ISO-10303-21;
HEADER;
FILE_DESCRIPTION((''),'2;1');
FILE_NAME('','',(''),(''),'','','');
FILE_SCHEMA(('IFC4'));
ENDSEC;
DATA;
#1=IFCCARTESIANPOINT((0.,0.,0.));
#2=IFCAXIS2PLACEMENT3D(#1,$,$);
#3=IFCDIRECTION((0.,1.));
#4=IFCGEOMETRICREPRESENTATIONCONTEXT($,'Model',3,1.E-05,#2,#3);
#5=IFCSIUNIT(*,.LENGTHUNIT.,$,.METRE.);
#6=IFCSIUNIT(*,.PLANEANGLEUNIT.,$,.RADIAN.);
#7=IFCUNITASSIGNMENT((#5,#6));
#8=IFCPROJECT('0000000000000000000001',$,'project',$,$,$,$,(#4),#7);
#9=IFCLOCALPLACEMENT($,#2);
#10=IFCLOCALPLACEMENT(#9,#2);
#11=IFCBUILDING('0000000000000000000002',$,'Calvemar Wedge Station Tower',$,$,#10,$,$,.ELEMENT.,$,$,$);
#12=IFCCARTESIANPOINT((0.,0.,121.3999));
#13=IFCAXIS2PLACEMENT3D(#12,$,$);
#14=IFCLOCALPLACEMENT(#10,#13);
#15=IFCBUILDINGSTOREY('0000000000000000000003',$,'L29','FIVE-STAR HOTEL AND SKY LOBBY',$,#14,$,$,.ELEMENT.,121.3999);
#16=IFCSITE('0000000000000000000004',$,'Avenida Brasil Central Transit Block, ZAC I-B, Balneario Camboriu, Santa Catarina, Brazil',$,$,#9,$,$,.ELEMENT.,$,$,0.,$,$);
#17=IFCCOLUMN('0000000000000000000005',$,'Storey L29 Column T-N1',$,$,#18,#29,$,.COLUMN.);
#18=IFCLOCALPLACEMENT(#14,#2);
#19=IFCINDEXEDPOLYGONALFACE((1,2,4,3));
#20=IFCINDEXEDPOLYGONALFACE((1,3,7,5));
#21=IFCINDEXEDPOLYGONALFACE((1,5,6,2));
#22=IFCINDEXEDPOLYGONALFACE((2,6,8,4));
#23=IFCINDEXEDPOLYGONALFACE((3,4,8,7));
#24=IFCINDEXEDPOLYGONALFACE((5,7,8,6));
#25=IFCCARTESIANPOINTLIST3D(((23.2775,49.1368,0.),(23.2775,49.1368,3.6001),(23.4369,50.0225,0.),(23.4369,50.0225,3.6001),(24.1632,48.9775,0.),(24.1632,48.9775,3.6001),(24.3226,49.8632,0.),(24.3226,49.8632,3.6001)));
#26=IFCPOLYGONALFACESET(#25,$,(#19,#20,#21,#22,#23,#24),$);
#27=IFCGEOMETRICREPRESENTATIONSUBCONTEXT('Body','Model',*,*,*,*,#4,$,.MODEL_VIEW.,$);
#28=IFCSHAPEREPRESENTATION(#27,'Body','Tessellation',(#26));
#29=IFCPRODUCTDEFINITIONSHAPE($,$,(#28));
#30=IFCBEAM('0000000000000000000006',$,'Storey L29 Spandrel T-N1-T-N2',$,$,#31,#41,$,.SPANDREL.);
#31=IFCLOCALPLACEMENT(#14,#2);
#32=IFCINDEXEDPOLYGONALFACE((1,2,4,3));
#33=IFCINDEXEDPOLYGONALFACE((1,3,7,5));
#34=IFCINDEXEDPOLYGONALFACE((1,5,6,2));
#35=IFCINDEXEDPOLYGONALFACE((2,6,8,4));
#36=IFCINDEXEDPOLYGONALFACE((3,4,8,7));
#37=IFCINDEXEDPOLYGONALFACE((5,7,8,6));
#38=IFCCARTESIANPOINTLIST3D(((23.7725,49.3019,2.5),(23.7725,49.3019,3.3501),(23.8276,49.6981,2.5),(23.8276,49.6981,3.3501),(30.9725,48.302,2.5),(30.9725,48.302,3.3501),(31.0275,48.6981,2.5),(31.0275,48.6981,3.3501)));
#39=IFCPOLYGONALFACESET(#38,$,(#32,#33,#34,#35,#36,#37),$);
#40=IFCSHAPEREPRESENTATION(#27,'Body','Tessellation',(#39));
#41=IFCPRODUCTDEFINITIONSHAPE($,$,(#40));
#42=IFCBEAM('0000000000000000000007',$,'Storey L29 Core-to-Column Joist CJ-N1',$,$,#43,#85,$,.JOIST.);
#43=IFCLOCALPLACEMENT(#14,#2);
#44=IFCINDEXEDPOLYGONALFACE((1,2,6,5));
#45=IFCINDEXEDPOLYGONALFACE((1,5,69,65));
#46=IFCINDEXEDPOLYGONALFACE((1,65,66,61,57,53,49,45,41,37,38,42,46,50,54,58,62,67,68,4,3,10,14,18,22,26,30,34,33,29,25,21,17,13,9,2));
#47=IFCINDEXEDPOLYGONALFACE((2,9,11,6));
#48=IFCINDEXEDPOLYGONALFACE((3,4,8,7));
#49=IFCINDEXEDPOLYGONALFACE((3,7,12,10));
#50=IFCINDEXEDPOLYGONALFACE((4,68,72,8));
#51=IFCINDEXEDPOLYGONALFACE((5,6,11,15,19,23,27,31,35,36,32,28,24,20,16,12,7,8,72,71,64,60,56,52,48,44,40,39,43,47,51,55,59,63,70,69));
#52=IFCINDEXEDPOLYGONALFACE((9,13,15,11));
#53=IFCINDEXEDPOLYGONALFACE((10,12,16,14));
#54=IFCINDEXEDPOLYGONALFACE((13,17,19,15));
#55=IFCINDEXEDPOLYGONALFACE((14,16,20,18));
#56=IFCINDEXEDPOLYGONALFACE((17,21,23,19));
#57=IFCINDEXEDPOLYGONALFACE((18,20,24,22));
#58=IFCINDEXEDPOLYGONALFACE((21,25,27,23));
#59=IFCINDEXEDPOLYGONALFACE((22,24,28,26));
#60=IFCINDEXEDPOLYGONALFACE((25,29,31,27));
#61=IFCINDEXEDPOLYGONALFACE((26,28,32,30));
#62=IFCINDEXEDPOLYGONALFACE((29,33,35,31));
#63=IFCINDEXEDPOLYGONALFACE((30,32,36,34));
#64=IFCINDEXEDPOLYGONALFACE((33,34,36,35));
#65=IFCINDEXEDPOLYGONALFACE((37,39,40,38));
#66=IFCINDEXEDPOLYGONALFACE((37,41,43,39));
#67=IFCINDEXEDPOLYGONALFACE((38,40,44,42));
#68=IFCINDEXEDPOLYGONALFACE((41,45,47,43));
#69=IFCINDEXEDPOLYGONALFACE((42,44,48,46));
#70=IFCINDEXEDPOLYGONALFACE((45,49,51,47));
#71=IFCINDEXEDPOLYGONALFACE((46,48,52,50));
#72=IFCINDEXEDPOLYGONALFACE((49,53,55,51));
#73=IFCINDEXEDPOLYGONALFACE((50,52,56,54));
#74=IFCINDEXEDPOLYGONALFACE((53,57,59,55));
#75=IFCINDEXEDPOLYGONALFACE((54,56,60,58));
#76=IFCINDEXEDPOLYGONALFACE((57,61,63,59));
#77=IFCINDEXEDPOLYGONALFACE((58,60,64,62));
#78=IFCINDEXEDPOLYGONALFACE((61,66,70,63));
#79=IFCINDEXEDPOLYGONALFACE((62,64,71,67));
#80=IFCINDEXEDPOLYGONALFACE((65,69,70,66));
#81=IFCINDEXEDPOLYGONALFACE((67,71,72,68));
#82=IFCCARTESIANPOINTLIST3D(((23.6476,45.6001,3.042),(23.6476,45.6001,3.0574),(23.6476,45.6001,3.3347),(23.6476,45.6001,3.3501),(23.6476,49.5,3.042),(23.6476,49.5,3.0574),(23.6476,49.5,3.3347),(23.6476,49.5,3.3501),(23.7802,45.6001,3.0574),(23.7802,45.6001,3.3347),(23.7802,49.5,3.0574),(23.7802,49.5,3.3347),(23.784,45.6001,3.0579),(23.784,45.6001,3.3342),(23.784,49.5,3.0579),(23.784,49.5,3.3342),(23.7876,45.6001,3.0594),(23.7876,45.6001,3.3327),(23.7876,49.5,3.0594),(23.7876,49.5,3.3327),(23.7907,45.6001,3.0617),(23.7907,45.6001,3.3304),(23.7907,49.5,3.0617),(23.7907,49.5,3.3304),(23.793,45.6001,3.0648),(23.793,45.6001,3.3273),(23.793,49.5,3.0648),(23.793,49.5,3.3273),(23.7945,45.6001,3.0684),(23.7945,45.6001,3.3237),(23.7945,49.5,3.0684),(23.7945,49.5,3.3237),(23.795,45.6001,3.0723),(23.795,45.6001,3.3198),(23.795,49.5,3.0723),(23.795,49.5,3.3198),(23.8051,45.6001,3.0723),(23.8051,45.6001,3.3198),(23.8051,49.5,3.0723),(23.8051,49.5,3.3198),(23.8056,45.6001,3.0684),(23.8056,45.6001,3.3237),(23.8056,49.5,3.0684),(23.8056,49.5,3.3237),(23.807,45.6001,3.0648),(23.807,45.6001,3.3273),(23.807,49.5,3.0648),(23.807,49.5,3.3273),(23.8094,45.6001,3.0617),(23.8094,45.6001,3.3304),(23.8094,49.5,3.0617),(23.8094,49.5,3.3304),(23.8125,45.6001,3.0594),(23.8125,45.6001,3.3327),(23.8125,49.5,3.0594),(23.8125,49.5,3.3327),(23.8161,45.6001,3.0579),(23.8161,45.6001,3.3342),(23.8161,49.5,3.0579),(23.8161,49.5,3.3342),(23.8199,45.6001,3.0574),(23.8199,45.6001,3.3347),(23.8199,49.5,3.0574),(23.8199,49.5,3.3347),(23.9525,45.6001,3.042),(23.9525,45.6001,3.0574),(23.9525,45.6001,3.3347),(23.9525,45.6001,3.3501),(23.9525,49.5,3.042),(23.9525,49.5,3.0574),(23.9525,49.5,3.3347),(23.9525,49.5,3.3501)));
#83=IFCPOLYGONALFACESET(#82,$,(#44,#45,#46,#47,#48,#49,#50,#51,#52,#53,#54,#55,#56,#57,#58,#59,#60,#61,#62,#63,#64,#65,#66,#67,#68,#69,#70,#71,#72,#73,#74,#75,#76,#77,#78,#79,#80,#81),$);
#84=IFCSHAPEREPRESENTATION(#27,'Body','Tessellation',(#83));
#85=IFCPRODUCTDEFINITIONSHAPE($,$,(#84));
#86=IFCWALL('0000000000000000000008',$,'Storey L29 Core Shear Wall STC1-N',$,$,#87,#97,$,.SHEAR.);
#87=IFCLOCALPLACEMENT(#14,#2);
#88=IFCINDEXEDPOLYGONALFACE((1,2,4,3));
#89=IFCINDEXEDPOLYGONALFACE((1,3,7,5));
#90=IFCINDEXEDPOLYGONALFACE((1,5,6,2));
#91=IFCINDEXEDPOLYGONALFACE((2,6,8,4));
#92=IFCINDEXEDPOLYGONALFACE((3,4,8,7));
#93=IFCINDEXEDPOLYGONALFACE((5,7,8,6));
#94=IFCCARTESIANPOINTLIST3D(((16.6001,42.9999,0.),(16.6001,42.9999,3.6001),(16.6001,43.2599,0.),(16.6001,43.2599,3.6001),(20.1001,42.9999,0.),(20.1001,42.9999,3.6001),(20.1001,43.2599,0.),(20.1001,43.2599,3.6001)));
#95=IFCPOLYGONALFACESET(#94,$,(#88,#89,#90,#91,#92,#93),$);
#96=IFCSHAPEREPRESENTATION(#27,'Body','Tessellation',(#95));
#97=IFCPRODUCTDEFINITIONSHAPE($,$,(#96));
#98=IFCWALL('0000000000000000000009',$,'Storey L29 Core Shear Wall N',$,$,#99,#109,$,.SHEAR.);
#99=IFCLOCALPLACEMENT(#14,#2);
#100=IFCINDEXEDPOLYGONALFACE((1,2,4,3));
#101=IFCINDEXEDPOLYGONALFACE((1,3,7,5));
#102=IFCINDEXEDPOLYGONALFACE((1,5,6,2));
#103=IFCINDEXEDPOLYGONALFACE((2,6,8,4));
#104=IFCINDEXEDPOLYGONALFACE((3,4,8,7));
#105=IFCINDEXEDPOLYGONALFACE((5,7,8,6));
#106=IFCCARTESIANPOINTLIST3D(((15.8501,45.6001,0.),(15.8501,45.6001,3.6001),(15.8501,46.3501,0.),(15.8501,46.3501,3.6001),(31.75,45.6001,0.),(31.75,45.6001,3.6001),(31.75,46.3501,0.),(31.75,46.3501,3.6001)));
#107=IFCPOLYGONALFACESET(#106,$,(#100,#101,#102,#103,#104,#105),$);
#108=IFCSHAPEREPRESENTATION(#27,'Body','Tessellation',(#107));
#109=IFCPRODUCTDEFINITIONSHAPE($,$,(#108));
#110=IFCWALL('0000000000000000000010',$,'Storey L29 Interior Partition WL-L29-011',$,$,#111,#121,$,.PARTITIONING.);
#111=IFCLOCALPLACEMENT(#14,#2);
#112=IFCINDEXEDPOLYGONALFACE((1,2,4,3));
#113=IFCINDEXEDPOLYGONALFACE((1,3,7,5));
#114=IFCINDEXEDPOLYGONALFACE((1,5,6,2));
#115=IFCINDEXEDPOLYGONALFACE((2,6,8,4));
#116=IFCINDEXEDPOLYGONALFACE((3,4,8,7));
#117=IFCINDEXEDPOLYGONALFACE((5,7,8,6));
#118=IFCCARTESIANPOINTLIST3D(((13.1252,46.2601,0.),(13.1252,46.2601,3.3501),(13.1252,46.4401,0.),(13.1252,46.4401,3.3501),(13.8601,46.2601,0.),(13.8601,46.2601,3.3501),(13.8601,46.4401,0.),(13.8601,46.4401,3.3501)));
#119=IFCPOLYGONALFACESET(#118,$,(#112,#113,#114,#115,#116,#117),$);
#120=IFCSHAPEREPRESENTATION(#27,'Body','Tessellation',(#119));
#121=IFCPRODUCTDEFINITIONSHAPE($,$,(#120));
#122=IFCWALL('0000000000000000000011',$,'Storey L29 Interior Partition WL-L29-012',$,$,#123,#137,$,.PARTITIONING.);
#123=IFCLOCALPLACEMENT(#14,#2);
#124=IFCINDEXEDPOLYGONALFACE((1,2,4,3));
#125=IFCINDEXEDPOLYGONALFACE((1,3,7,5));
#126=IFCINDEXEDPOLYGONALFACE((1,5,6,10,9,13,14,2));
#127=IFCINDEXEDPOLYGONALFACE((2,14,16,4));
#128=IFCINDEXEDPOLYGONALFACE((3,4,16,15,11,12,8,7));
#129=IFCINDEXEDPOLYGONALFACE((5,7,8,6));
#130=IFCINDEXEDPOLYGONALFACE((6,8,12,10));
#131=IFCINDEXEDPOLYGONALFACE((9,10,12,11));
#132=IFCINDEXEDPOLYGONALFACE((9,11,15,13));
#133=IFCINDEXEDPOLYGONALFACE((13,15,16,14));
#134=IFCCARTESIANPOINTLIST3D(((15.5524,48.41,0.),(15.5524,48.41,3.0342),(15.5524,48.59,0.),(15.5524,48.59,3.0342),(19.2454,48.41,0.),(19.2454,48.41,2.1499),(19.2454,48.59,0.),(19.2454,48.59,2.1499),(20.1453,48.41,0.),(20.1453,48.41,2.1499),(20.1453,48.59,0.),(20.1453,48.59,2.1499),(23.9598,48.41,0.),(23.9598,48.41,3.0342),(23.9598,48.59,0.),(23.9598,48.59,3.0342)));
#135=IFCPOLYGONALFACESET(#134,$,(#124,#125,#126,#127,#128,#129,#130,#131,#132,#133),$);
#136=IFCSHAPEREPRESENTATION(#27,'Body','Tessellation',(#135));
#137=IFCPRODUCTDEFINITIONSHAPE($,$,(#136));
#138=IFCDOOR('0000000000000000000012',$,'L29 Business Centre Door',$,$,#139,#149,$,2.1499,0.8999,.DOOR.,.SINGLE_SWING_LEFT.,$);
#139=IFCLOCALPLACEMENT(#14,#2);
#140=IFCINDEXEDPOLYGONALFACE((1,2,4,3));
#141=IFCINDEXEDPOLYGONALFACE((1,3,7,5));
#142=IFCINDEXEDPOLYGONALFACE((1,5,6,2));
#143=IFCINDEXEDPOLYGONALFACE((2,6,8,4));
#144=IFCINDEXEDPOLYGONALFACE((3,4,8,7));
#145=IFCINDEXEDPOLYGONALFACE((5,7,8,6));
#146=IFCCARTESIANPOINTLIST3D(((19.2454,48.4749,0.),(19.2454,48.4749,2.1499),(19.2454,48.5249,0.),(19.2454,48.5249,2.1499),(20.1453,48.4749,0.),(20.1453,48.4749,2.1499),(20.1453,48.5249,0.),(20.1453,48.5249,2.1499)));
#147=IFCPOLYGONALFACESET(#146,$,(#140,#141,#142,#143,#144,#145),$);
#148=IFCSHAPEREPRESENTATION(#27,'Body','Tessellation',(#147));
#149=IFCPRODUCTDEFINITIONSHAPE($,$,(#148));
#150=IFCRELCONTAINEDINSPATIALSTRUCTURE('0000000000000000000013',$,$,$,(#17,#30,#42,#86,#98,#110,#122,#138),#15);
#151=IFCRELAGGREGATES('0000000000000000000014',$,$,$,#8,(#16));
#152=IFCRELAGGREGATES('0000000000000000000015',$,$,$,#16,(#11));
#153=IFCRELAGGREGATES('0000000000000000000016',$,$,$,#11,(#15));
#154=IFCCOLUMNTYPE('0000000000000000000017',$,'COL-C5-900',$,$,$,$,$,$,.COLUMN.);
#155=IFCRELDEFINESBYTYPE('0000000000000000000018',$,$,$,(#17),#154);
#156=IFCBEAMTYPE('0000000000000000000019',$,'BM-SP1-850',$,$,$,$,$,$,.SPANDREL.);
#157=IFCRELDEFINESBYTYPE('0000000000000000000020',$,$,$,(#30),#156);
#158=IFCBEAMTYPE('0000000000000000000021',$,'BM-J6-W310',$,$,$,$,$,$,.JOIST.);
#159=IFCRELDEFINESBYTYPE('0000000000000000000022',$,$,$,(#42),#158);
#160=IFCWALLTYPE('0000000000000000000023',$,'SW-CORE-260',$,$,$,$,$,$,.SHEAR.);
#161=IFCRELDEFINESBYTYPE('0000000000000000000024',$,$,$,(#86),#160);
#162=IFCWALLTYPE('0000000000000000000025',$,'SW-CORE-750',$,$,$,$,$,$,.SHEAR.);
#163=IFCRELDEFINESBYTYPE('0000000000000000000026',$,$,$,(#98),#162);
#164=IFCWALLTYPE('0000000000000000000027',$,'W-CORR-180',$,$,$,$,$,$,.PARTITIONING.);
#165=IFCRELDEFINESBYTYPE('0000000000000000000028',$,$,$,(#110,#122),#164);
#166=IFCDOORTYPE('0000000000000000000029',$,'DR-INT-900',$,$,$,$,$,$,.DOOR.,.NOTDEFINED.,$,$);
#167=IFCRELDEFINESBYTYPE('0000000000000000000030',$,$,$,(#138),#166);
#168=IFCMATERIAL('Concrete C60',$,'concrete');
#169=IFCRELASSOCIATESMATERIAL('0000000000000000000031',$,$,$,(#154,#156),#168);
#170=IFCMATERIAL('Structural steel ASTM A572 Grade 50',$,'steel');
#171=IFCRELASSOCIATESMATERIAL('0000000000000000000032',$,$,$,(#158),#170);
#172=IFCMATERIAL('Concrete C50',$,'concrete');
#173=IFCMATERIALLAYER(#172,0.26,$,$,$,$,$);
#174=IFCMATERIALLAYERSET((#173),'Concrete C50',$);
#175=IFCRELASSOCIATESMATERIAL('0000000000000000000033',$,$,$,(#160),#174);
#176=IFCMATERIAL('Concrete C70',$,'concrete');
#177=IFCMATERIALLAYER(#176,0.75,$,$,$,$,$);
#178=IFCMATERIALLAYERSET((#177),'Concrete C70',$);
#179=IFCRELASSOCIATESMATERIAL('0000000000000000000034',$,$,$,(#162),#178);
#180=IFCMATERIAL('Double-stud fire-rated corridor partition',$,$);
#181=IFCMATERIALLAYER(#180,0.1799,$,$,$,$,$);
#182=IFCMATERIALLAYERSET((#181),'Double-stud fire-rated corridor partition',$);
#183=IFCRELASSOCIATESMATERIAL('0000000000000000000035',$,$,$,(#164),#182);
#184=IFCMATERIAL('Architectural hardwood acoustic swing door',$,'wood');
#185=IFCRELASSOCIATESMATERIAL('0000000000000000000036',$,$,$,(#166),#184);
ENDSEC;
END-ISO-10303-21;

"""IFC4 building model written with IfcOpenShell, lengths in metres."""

from ifc_helpers import new_model, si_unit, direction, frame, frame_2d, origin, origin_2d, place, context, subcontext, project, spatial, rectangle, i_section, extrude, source, transform, mapped, material, layer, layer_set, material_profile, profile_set, type_object, element, fill, save


model = new_model("IFC4")

# Units and contexts
model_context = context("Model", 3, precision=1e-05, world=origin(), true_north=direction((0.0, 1.0)))
body_context = subcontext(model_context, "Body", "Model", "MODEL_VIEW")
ifc_project = project(units=[si_unit("LENGTHUNIT", "METRE"), si_unit("PLANEANGLEUNIT", "RADIAN")], contexts=[model_context])

# Site, building, storey
site_placement = place(None, origin())
site = spatial("IfcSite", under=ifc_project, at=site_placement, Name="Avenida Brasil Central Transit Block, ZAC I-B, Balneario Camboriu, Santa Catarina, Brazil", CompositionType="ELEMENT", RefElevation=0.0)
building_placement = place(site_placement, origin())
building = spatial("IfcBuilding", under=site, at=building_placement, Name="Calvemar Wedge Station Tower", CompositionType="ELEMENT")
storey_placement = place(building_placement, frame((0.0, 0.0, 121.3999)))
storey = spatial("IfcBuildingStorey", under=building, at=storey_placement, Name="L29", Description="FIVE-STAR HOTEL AND SKY LOBBY", CompositionType="ELEMENT", Elevation=121.3999)

# Column
ifc_material_1 = material(Name="Concrete C60", Category="concrete")
ifc_material_profile_1 = material_profile(ifc_material_1, rectangle(XDim=0.8999, YDim=0.8999, at=origin_2d()), Name="RC900x900")
ifc_profile_set_1 = profile_set([ifc_material_profile_1], Name="Concrete C60")
column_type = type_object("IfcColumnType", Name="COL-C5-900", PredefinedType="COLUMN", material=ifc_profile_set_1)
shared_shape_1 = source(origin(), body_context, "Body", "SweptSolid", [
    extrude(rectangle(XDim=0.8999, YDim=0.8999, at=origin_2d()), origin(), (0.0, 0.0, 1.0), 3.6001),
])
column_placement = place(storey_placement, frame((23.8, 49.5, 0.0), z_axis=(0.0, 0.0, 1.0), x_axis=(0.984196, -0.177085, 0.0)))
element("IfcColumn", 1, at=column_placement, inside=storey, type_object=column_type, Name="Storey L29 Column T-N1", PredefinedType="COLUMN", context=body_context, shape_type="MappedRepresentation", body=[
    mapped(shared_shape_1, transform((0.0, 0.0, 0.0), scale=1.0)),
])

# Beams
ifc_material_profile_2 = material_profile(ifc_material_1, rectangle(XDim=0.3999, YDim=0.8501, at=origin_2d()), Name="RC400x850")
ifc_profile_set_2 = profile_set([ifc_material_profile_2], Name="Concrete C60")
beam_type_1 = type_object("IfcBeamType", Name="BM-SP1-850", PredefinedType="SPANDREL", material=ifc_profile_set_2)
shared_shape_2 = source(origin(), body_context, "Body", "SweptSolid", [
    extrude(rectangle(XDim=0.3999, YDim=0.8501, at=origin_2d()), origin(), (0.0, 0.0, 1.0), 7.269),
])
beam_1_placement = place(storey_placement, frame((23.8, 49.5, 2.925), z_axis=(0.990492, -0.137569, 0.0), x_axis=(0.137569, 0.990492, 0.0)))
element("IfcBeam", 2, at=beam_1_placement, inside=storey, type_object=beam_type_1, Name="Storey L29 Spandrel T-N1-T-N2", PredefinedType="SPANDREL", context=body_context, shape_type="MappedRepresentation", body=[
    mapped(shared_shape_2, transform((0.0, 0.0, 0.0), scale=1.0)),
])
ifc_material_2 = material(Name="Structural steel ASTM A572 Grade 50", Category="steel")
ifc_material_profile_3 = material_profile(ifc_material_2, i_section(OverallWidth=0.3049, OverallDepth=0.3081, WebThickness=0.01, FlangeThickness=0.0154, FilletRadius=0.0149, at=origin_2d()), Name="W310x97")
ifc_profile_set_3 = profile_set([ifc_material_profile_3], Name="Structural steel ASTM A572 Grade 50")
beam_type_2 = type_object("IfcBeamType", Name="BM-J6-W310", PredefinedType="JOIST", material=ifc_profile_set_3)
shared_shape_3 = source(origin(), body_context, "Body", "SweptSolid", [
    extrude(i_section(OverallWidth=0.3049, OverallDepth=0.3081, WebThickness=0.01, FlangeThickness=0.0154, FilletRadius=0.0149, at=origin_2d()), origin(), (0.0, 0.0, 1.0), 3.8999),
])
beam_2_placement = place(storey_placement, frame((23.8, 45.6001, 3.196), z_axis=(0.0, 1.0, 0.0), x_axis=(-1.0, 0.0, 0.0)))
element("IfcBeam", 3, at=beam_2_placement, inside=storey, type_object=beam_type_2, Name="Storey L29 Core-to-Column Joist CJ-N1", PredefinedType="JOIST", context=body_context, shape_type="MappedRepresentation", body=[
    mapped(shared_shape_3, transform((0.0, 0.0, 0.0), scale=1.0)),
])

# Walls
ifc_material_3 = material(Name="Concrete C50", Category="concrete")
ifc_layer_1 = layer(ifc_material_3, 0.26)
ifc_layer_set_1 = layer_set([ifc_layer_1], Name="Concrete C50")
wall_type_1 = type_object("IfcWallType", Name="SW-CORE-260", PredefinedType="SHEAR", material=ifc_layer_set_1)
wall_1_placement = place(storey_placement, frame((16.6001, 43.1299, 0.0), z_axis=(0.0, 0.0, 1.0), x_axis=(1.0, 0.0, 0.0)))
element("IfcWall", 4, at=wall_1_placement, inside=storey, type_object=wall_type_1, Name="Storey L29 Core Shear Wall STC1-N", PredefinedType="SHEAR", context=body_context, shape_type="SweptSolid", body=[
    extrude(rectangle(XDim=3.5, YDim=0.26, at=frame_2d((1.75, 0.0))), origin(), (0.0, 0.0, 1.0), 3.6001),
])
ifc_material_4 = material(Name="Concrete C70", Category="concrete")
ifc_layer_2 = layer(ifc_material_4, 0.75)
ifc_layer_set_2 = layer_set([ifc_layer_2], Name="Concrete C70")
wall_type_2 = type_object("IfcWallType", Name="SW-CORE-750", PredefinedType="SHEAR", material=ifc_layer_set_2)
wall_2_placement = place(storey_placement, frame((15.8501, 45.9751, 0.0), z_axis=(0.0, 0.0, 1.0), x_axis=(1.0, 0.0, 0.0)))
element("IfcWall", 5, at=wall_2_placement, inside=storey, type_object=wall_type_2, Name="Storey L29 Core Shear Wall N", PredefinedType="SHEAR", context=body_context, shape_type="SweptSolid", body=[
    extrude(rectangle(XDim=15.8999, YDim=0.75, at=frame_2d((7.95, 0.0))), origin(), (0.0, 0.0, 1.0), 3.6001),
])
ifc_material_5 = material(Name="Double-stud fire-rated corridor partition")
ifc_layer_3 = layer(ifc_material_5, 0.1799)
ifc_layer_set_3 = layer_set([ifc_layer_3], Name="Double-stud fire-rated corridor partition")
wall_type_3 = type_object("IfcWallType", Name="W-CORR-180", PredefinedType="PARTITIONING", material=ifc_layer_set_3)
wall_3_placement = place(storey_placement, frame((13.8601, 46.3501, 0.0), z_axis=(0.0, 0.0, 1.0), x_axis=(-1.0, 0.0, 0.0)))
element("IfcWall", 6, at=wall_3_placement, inside=storey, type_object=wall_type_3, Name="Storey L29 Interior Partition WL-L29-011", PredefinedType="PARTITIONING", context=body_context, shape_type="SweptSolid", body=[
    extrude(rectangle(XDim=0.7349, YDim=0.1799, at=frame_2d((0.3674, 0.0))), origin(), (0.0, 0.0, 1.0), 3.3501),
])

# Wall, opening, door
wall_4_placement = place(storey_placement, frame((15.5525, 48.5, 0.0), z_axis=(0.0, 0.0, 1.0), x_axis=(1.0, 0.0, 0.0)))
wall_4 = element("IfcWall", 7, at=wall_4_placement, inside=storey, type_object=wall_type_3, Name="Storey L29 Interior Partition WL-L29-012", PredefinedType="PARTITIONING", context=body_context, shape_type="SweptSolid", body=[
    extrude(rectangle(XDim=8.4075, YDim=0.1799, at=frame_2d((4.2036, 0.0))), origin(), (0.0, 0.0, 1.0), 3.0342),
])
shared_shape_4 = source(origin(), body_context, "Body", "SweptSolid", [
    extrude(rectangle(XDim=0.8999, YDim=2.1499, at=frame_2d((0.45, 1.075))), frame((0.0, 0.1001, 0.0), z_axis=(0.0, -1.0, 0.0), x_axis=(1.0, 0.0, 0.0)), (0.0, 0.0, 1.0), 0.2),
])
opening_1_placement = place(wall_4_placement, frame((3.6929, 0.0, 0.0)))
opening_1 = element("IfcOpeningElement", 8, at=opening_1_placement, cuts=wall_4, PredefinedType="OPENING", context=body_context, shape_type="MappedRepresentation", body=[
    mapped(shared_shape_4, transform((0.0, 0.0, 0.0), scale=1.0)),
])
ifc_material_6 = material(Name="Architectural hardwood acoustic swing door", Category="wood")
door_type_1 = type_object("IfcDoorType", Name="DR-INT-900", OperationType="NOTDEFINED", PredefinedType="DOOR", material=ifc_material_6)
shared_shape_5 = source(origin(), body_context, "Body", "SweptSolid", [
    extrude(rectangle(XDim=0.8999, YDim=2.1499, at=frame_2d((0.45, 1.075))), frame((0.0, 0.0249, 0.0), z_axis=(0.0, -1.0, 0.0), x_axis=(1.0, 0.0, 0.0)), (0.0, 0.0, 1.0), 0.05),
])
door_1_placement = place(opening_1_placement, origin())
door_1 = element("IfcDoor", 9, at=door_1_placement, inside=storey, type_object=door_type_1, Name="L29 Business Centre Door", OperationType="SINGLE_SWING_LEFT", OverallHeight=2.1499, OverallWidth=0.8999, PredefinedType="DOOR", context=body_context, shape_type="MappedRepresentation", body=[
    mapped(shared_shape_5, transform((0.0, 0.0, 0.0), scale=1.0)),
])
fill(opening_1, door_1)

save(model, "model.ifc")
